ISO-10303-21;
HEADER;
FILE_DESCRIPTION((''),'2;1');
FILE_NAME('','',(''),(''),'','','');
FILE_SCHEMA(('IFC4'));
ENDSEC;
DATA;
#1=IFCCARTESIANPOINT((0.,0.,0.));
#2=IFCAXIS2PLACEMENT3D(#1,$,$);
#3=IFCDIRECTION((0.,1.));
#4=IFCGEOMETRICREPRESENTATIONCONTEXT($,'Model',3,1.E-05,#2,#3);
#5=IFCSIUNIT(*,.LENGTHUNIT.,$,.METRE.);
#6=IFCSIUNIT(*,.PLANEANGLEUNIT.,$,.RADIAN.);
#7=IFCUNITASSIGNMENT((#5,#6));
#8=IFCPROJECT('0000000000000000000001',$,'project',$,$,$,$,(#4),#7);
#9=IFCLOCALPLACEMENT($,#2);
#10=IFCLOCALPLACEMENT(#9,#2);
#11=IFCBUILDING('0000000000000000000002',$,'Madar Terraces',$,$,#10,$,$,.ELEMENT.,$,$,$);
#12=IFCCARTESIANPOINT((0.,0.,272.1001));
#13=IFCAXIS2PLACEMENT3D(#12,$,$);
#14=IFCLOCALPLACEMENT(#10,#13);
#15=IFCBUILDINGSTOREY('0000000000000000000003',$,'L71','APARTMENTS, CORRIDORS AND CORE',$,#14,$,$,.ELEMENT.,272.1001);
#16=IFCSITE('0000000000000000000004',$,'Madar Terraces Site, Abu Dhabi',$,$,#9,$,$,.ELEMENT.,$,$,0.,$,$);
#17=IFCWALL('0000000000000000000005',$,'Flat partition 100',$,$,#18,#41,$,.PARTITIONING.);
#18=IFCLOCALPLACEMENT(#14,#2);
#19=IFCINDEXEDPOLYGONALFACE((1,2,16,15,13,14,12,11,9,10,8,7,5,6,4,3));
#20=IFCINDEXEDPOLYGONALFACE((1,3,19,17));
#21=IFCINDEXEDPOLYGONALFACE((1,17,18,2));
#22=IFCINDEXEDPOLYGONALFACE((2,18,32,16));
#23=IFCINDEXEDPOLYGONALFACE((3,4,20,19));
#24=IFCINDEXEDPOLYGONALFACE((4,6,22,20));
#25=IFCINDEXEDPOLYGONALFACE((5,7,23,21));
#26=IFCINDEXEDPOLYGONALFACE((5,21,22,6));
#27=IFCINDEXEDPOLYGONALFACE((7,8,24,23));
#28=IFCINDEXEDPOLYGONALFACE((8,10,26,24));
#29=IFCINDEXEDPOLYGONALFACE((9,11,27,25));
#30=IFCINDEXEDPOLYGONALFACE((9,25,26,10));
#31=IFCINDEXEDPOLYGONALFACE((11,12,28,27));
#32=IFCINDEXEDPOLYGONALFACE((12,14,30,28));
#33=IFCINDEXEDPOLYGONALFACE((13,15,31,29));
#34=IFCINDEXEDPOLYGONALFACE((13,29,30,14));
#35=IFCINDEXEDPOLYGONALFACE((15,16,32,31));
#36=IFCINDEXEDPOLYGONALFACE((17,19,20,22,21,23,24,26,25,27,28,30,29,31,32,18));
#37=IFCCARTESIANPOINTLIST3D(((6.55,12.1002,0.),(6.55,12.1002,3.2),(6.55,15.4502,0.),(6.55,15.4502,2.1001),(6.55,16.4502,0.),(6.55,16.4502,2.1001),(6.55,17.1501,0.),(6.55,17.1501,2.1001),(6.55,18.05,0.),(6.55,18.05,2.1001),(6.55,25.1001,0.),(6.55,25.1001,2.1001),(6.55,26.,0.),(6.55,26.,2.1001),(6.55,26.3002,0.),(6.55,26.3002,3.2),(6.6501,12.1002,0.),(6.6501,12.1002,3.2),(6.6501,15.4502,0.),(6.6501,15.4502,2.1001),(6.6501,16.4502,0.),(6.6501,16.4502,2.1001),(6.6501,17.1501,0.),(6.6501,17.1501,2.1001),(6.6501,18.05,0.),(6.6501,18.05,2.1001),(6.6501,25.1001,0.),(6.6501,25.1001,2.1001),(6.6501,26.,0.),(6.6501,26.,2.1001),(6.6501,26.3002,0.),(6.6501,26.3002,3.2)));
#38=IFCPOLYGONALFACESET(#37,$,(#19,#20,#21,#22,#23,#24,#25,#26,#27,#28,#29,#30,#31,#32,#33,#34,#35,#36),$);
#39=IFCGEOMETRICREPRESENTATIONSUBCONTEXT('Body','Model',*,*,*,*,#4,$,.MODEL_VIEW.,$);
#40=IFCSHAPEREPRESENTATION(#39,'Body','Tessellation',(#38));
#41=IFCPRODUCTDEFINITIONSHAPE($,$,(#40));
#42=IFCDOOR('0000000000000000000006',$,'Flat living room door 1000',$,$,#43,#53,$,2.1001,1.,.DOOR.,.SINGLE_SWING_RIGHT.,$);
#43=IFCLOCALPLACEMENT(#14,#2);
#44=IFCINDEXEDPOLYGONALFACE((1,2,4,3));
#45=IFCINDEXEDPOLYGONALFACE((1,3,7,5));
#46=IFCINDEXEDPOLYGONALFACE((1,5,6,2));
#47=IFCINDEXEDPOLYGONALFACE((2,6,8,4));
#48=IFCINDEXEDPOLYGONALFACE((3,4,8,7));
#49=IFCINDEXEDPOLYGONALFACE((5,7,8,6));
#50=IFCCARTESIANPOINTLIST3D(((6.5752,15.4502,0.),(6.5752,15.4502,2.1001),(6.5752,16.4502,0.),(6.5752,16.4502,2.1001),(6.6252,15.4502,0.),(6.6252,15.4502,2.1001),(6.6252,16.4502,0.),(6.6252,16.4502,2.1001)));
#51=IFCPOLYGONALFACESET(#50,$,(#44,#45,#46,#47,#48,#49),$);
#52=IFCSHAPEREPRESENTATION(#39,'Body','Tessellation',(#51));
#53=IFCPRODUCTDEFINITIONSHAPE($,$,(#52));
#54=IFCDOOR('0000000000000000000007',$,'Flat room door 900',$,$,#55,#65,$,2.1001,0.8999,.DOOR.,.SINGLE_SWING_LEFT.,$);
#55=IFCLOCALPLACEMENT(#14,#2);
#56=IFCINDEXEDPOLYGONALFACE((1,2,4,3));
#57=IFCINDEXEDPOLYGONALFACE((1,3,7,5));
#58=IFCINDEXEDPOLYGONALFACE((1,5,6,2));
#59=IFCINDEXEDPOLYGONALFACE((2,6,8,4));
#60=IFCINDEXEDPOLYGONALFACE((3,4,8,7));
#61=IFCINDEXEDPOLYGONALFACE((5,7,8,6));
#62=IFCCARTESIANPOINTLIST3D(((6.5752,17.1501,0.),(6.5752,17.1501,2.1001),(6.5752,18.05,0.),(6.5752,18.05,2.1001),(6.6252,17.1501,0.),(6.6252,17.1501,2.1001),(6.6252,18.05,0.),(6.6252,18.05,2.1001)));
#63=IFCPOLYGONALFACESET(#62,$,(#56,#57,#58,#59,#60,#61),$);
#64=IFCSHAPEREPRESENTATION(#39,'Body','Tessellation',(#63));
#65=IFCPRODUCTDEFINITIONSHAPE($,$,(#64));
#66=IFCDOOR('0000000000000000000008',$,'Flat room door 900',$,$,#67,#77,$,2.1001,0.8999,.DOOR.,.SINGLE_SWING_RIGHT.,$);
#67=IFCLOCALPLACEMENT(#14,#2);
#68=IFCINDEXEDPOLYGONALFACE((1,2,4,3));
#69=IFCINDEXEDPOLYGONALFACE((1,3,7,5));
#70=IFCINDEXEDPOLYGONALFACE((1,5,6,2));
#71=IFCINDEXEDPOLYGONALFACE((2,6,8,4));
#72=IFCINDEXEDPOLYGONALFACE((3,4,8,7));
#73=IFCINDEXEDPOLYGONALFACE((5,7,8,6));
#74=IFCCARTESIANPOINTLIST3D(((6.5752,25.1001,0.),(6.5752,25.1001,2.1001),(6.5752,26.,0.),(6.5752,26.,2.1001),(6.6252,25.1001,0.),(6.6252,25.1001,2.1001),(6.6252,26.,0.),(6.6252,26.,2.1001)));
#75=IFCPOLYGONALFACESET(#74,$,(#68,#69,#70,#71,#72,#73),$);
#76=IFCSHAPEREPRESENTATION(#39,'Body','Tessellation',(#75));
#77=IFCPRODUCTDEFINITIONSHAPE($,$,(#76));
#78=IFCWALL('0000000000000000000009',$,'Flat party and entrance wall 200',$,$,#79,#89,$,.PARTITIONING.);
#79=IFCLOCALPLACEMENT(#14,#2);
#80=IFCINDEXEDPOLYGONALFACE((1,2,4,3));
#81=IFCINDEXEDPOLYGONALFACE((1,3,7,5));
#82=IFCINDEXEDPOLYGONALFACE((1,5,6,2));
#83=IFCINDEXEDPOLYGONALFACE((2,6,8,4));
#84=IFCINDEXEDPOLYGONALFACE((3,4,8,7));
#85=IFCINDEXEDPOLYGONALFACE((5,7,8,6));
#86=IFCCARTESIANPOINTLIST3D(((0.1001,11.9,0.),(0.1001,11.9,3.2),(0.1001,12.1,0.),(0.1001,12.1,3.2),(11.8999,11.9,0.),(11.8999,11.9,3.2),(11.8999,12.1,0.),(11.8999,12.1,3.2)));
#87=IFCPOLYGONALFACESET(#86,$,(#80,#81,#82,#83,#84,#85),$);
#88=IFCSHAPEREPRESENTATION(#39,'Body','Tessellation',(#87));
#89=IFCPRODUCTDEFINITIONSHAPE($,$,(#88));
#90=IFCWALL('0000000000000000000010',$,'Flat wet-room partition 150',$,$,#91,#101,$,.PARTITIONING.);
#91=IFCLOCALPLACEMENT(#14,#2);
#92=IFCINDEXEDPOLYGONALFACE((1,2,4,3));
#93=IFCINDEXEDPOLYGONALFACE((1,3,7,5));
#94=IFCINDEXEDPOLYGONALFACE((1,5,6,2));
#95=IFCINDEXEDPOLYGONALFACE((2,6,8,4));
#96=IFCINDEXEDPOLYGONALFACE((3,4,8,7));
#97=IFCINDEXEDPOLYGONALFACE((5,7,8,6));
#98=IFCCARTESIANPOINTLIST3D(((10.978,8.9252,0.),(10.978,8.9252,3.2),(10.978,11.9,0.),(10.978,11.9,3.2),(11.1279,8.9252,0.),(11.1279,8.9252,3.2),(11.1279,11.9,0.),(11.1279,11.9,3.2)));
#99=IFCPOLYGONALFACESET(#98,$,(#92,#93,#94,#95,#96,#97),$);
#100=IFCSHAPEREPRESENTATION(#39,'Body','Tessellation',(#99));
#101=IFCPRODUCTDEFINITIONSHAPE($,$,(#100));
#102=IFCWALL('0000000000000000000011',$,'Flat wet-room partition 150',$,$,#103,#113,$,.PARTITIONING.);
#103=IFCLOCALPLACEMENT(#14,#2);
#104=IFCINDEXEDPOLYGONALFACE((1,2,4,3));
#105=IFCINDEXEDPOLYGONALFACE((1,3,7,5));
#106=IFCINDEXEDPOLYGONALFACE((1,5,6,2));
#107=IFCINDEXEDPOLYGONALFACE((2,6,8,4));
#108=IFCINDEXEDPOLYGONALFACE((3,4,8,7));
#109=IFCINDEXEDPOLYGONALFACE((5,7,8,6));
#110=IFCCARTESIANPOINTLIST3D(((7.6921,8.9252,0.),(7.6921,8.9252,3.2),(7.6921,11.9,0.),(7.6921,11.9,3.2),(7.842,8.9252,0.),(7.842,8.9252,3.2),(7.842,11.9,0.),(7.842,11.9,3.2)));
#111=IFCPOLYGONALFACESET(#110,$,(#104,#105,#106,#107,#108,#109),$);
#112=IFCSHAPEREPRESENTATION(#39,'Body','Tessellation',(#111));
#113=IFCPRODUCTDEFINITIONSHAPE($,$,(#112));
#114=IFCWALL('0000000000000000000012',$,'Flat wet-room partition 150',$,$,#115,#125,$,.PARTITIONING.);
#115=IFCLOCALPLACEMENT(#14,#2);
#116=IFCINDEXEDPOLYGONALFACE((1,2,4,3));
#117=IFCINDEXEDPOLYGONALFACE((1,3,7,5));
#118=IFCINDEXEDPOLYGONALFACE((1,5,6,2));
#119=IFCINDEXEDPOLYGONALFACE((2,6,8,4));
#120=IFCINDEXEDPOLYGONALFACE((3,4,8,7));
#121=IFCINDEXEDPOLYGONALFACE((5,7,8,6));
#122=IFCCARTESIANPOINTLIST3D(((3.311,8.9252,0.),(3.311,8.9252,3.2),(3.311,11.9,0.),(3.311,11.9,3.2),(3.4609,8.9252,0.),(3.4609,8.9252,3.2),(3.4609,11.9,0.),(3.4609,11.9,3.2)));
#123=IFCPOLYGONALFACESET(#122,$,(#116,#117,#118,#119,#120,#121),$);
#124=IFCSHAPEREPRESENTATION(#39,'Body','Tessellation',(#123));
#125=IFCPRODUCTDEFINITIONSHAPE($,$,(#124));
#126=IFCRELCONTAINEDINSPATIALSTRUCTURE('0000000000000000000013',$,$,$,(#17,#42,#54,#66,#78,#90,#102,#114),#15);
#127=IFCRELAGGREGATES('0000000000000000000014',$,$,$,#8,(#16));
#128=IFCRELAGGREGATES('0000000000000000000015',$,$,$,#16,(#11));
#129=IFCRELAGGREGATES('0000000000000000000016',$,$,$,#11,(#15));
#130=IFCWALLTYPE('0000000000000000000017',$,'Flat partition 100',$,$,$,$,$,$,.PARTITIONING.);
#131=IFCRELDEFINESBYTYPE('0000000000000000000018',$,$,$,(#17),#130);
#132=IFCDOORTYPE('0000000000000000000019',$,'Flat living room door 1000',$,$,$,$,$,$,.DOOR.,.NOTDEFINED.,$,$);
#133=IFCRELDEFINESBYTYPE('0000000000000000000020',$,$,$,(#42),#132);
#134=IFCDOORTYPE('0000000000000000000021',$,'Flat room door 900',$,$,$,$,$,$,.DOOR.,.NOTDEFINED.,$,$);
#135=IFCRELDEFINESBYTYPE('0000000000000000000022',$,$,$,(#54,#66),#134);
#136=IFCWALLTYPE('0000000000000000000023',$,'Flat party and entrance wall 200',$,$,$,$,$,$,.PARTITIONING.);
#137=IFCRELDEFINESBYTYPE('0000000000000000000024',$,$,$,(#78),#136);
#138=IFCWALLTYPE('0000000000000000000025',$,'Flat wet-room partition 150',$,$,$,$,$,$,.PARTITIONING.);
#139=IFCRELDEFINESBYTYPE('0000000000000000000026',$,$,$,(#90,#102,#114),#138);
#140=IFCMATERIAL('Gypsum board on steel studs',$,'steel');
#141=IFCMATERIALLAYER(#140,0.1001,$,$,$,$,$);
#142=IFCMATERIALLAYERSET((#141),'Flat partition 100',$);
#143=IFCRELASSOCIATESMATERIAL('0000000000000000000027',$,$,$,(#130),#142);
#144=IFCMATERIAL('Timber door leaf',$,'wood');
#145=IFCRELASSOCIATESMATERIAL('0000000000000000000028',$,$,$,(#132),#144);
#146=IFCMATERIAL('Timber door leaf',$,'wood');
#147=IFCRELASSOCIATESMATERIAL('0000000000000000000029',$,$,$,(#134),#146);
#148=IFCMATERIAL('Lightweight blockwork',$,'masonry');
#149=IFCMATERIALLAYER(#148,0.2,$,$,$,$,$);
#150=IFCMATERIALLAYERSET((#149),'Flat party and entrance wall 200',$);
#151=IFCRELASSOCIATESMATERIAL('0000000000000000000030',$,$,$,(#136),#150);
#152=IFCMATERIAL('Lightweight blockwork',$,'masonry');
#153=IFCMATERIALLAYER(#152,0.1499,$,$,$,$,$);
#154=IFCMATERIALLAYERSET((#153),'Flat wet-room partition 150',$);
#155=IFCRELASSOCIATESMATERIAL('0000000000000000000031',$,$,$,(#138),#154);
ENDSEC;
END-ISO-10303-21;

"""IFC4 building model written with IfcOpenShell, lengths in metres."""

from ifc_helpers import new_model, si_unit, direction, frame, frame_2d, origin, place, context, subcontext, project, spatial, rectangle, extrude, material, layer, layer_set, type_object, element, fill, save


model = new_model("IFC4")

# Units and contexts
model_context = context("Model", 3, precision=1e-05, world=origin(), true_north=direction((0.0, 1.0)))
body_context = subcontext(model_context, "Body", "Model", "MODEL_VIEW")
ifc_project = project(units=[si_unit("LENGTHUNIT", "METRE"), si_unit("PLANEANGLEUNIT", "RADIAN")], contexts=[model_context])

# Site, building, storey
site_placement = place(None, origin())
site = spatial("IfcSite", under=ifc_project, at=site_placement, Name="Madar Terraces Site, Abu Dhabi", CompositionType="ELEMENT", RefElevation=0.0)
building_placement = place(site_placement, origin())
building = spatial("IfcBuilding", under=site, at=building_placement, Name="Madar Terraces", CompositionType="ELEMENT")
storey_placement = place(building_placement, frame((0.0, 0.0, 272.1001)))
storey = spatial("IfcBuildingStorey", under=building, at=storey_placement, Name="L71", Description="APARTMENTS, CORRIDORS AND CORE", CompositionType="ELEMENT", Elevation=272.1001)

# Shared definitions
ifc_material_1 = material(Name="Gypsum board on steel studs", Category="steel")
ifc_layer_1 = layer(ifc_material_1, 0.1001)
ifc_layer_set_1 = layer_set([ifc_layer_1], Name="Flat partition 100")
wall_type_1 = type_object("IfcWallType", Name="Flat partition 100", PredefinedType="PARTITIONING", material=ifc_layer_set_1)

# Wall, openings, doors
wall_1_placement = place(storey_placement, frame((6.6001, 12.1001, 0.0), z_axis=(0.0, 0.0, 1.0), x_axis=(0.0, 1.0, 0.0)))
wall_1 = element("IfcWall", 1, at=wall_1_placement, inside=storey, type_object=wall_type_1, Name="Flat partition 100", PredefinedType="PARTITIONING", context=body_context, shape_type="SweptSolid", body=[
    extrude(rectangle(XDim=14.2, YDim=0.1001, at=frame_2d((7.1001, 0.0))), origin(), (0.0, 0.0, 1.0), 3.2),
])
opening_1_placement = place(wall_1_placement, frame((3.3501, 0.0, 0.0)))
opening_1 = element("IfcOpeningElement", 2, at=opening_1_placement, cuts=wall_1, PredefinedType="OPENING", context=body_context, shape_type="SweptSolid", body=[
    extrude(rectangle(XDim=1.0, YDim=2.1001, at=frame_2d((0.5, 1.05))), frame((0.0, 0.0601, 0.0), z_axis=(0.0, -1.0, 0.0), x_axis=(1.0, 0.0, 0.0)), (0.0, 0.0, 1.0), 0.1201),
])
opening_2_placement = place(wall_1_placement, frame((5.05, 0.0, 0.0)))
opening_2 = element("IfcOpeningElement", 3, at=opening_2_placement, cuts=wall_1, PredefinedType="OPENING", context=body_context, shape_type="SweptSolid", body=[
    extrude(rectangle(XDim=0.8999, YDim=2.1001, at=frame_2d((0.45, 1.05))), frame((0.0, 0.0601, 0.0), z_axis=(0.0, -1.0, 0.0), x_axis=(1.0, 0.0, 0.0)), (0.0, 0.0, 1.0), 0.1201),
])
opening_3_placement = place(wall_1_placement, frame((13.0, 0.0, 0.0)))
opening_3 = element("IfcOpeningElement", 4, at=opening_3_placement, cuts=wall_1, PredefinedType="OPENING", context=body_context, shape_type="SweptSolid", body=[
    extrude(rectangle(XDim=0.8999, YDim=2.1001, at=frame_2d((0.45, 1.05))), frame((0.0, 0.0601, 0.0), z_axis=(0.0, -1.0, 0.0), x_axis=(1.0, 0.0, 0.0)), (0.0, 0.0, 1.0), 0.1201),
])
ifc_material_2 = material(Name="Timber door leaf", Category="wood")
door_type_1 = type_object("IfcDoorType", Name="Flat living room door 1000", OperationType="NOTDEFINED", PredefinedType="DOOR", material=ifc_material_2)
door_1_placement = place(opening_1_placement, origin())
door_1 = element("IfcDoor", 5, at=door_1_placement, inside=storey, type_object=door_type_1, Name="Flat living room door 1000", OperationType="SINGLE_SWING_RIGHT", OverallHeight=2.1001, OverallWidth=1.0, PredefinedType="DOOR", context=body_context, shape_type="SweptSolid", body=[
    extrude(rectangle(XDim=1.0, YDim=2.1001, at=frame_2d((0.5, 1.05))), frame((0.0, 0.0249, 0.0), z_axis=(0.0, -1.0, 0.0), x_axis=(1.0, 0.0, 0.0)), (0.0, 0.0, 1.0), 0.05),
])
fill(opening_1, door_1)
ifc_material_3 = material(Name="Timber door leaf", Category="wood")
door_type_2 = type_object("IfcDoorType", Name="Flat room door 900", OperationType="NOTDEFINED", PredefinedType="DOOR", material=ifc_material_3)
door_2_placement = place(opening_2_placement, origin())
door_2 = element("IfcDoor", 6, at=door_2_placement, inside=storey, type_object=door_type_2, Name="Flat room door 900", OperationType="SINGLE_SWING_LEFT", OverallHeight=2.1001, OverallWidth=0.8999, PredefinedType="DOOR", context=body_context, shape_type="SweptSolid", body=[
    extrude(rectangle(XDim=0.8999, YDim=2.1001, at=frame_2d((0.45, 1.05))), frame((0.0, 0.0249, 0.0), z_axis=(0.0, -1.0, 0.0), x_axis=(1.0, 0.0, 0.0)), (0.0, 0.0, 1.0), 0.05),
])
fill(opening_2, door_2)
door_3_placement = place(opening_3_placement, origin())
door_3 = element("IfcDoor", 7, at=door_3_placement, inside=storey, type_object=door_type_2, Name="Flat room door 900", OperationType="SINGLE_SWING_RIGHT", OverallHeight=2.1001, OverallWidth=0.8999, PredefinedType="DOOR", context=body_context, shape_type="SweptSolid", body=[
    extrude(rectangle(XDim=0.8999, YDim=2.1001, at=frame_2d((0.45, 1.05))), frame((0.0, 0.0249, 0.0), z_axis=(0.0, -1.0, 0.0), x_axis=(1.0, 0.0, 0.0)), (0.0, 0.0, 1.0), 0.05),
])
fill(opening_3, door_3)

# Walls
ifc_material_4 = material(Name="Lightweight blockwork", Category="masonry")
ifc_layer_2 = layer(ifc_material_4, 0.2)
ifc_layer_set_2 = layer_set([ifc_layer_2], Name="Flat party and entrance wall 200")
wall_type_2 = type_object("IfcWallType", Name="Flat party and entrance wall 200", PredefinedType="PARTITIONING", material=ifc_layer_set_2)
wall_2_placement = place(storey_placement, frame((0.1001, 12.0, 0.0), z_axis=(0.0, 0.0, 1.0), x_axis=(1.0, 0.0, 0.0)))
element("IfcWall", 8, at=wall_2_placement, inside=storey, type_object=wall_type_2, Name="Flat party and entrance wall 200", PredefinedType="PARTITIONING", context=body_context, shape_type="SweptSolid", body=[
    extrude(rectangle(XDim=11.7998, YDim=0.2, at=frame_2d((5.8999, 0.0))), origin(), (0.0, 0.0, 1.0), 3.2),
])
ifc_material_5 = material(Name="Lightweight blockwork", Category="masonry")
ifc_layer_3 = layer(ifc_material_5, 0.1499)
ifc_layer_set_3 = layer_set([ifc_layer_3], Name="Flat wet-room partition 150")
wall_type_3 = type_object("IfcWallType", Name="Flat wet-room partition 150", PredefinedType="PARTITIONING", material=ifc_layer_set_3)
for number, where, z_axis, x_axis, name in (
    (9, (11.053, 11.8999, 0.0), (0.0, 0.0, 1.0), (0.0, -1.0, 0.0), "Flat wet-room partition 150"),
    (10, (7.7671, 11.8999, 0.0), (0.0, 0.0, 1.0), (0.0, -1.0, 0.0), "Flat wet-room partition 150"),
    (11, (3.386, 11.8999, 0.0), (0.0, 0.0, 1.0), (0.0, -1.0, 0.0), "Flat wet-room partition 150"),
):
    element("IfcWall", number, at=place(storey_placement, frame(where, z_axis=z_axis, x_axis=x_axis)), inside=storey, type_object=wall_type_3, Name=name, PredefinedType="PARTITIONING", context=body_context, shape_type="SweptSolid", body=[
        extrude(rectangle(XDim=2.9749, YDim=0.1499, at=frame_2d((1.4873, 0.0))), origin(), (0.0, 0.0, 1.0), 3.2),
    ])

save(model, "model.ifc")
